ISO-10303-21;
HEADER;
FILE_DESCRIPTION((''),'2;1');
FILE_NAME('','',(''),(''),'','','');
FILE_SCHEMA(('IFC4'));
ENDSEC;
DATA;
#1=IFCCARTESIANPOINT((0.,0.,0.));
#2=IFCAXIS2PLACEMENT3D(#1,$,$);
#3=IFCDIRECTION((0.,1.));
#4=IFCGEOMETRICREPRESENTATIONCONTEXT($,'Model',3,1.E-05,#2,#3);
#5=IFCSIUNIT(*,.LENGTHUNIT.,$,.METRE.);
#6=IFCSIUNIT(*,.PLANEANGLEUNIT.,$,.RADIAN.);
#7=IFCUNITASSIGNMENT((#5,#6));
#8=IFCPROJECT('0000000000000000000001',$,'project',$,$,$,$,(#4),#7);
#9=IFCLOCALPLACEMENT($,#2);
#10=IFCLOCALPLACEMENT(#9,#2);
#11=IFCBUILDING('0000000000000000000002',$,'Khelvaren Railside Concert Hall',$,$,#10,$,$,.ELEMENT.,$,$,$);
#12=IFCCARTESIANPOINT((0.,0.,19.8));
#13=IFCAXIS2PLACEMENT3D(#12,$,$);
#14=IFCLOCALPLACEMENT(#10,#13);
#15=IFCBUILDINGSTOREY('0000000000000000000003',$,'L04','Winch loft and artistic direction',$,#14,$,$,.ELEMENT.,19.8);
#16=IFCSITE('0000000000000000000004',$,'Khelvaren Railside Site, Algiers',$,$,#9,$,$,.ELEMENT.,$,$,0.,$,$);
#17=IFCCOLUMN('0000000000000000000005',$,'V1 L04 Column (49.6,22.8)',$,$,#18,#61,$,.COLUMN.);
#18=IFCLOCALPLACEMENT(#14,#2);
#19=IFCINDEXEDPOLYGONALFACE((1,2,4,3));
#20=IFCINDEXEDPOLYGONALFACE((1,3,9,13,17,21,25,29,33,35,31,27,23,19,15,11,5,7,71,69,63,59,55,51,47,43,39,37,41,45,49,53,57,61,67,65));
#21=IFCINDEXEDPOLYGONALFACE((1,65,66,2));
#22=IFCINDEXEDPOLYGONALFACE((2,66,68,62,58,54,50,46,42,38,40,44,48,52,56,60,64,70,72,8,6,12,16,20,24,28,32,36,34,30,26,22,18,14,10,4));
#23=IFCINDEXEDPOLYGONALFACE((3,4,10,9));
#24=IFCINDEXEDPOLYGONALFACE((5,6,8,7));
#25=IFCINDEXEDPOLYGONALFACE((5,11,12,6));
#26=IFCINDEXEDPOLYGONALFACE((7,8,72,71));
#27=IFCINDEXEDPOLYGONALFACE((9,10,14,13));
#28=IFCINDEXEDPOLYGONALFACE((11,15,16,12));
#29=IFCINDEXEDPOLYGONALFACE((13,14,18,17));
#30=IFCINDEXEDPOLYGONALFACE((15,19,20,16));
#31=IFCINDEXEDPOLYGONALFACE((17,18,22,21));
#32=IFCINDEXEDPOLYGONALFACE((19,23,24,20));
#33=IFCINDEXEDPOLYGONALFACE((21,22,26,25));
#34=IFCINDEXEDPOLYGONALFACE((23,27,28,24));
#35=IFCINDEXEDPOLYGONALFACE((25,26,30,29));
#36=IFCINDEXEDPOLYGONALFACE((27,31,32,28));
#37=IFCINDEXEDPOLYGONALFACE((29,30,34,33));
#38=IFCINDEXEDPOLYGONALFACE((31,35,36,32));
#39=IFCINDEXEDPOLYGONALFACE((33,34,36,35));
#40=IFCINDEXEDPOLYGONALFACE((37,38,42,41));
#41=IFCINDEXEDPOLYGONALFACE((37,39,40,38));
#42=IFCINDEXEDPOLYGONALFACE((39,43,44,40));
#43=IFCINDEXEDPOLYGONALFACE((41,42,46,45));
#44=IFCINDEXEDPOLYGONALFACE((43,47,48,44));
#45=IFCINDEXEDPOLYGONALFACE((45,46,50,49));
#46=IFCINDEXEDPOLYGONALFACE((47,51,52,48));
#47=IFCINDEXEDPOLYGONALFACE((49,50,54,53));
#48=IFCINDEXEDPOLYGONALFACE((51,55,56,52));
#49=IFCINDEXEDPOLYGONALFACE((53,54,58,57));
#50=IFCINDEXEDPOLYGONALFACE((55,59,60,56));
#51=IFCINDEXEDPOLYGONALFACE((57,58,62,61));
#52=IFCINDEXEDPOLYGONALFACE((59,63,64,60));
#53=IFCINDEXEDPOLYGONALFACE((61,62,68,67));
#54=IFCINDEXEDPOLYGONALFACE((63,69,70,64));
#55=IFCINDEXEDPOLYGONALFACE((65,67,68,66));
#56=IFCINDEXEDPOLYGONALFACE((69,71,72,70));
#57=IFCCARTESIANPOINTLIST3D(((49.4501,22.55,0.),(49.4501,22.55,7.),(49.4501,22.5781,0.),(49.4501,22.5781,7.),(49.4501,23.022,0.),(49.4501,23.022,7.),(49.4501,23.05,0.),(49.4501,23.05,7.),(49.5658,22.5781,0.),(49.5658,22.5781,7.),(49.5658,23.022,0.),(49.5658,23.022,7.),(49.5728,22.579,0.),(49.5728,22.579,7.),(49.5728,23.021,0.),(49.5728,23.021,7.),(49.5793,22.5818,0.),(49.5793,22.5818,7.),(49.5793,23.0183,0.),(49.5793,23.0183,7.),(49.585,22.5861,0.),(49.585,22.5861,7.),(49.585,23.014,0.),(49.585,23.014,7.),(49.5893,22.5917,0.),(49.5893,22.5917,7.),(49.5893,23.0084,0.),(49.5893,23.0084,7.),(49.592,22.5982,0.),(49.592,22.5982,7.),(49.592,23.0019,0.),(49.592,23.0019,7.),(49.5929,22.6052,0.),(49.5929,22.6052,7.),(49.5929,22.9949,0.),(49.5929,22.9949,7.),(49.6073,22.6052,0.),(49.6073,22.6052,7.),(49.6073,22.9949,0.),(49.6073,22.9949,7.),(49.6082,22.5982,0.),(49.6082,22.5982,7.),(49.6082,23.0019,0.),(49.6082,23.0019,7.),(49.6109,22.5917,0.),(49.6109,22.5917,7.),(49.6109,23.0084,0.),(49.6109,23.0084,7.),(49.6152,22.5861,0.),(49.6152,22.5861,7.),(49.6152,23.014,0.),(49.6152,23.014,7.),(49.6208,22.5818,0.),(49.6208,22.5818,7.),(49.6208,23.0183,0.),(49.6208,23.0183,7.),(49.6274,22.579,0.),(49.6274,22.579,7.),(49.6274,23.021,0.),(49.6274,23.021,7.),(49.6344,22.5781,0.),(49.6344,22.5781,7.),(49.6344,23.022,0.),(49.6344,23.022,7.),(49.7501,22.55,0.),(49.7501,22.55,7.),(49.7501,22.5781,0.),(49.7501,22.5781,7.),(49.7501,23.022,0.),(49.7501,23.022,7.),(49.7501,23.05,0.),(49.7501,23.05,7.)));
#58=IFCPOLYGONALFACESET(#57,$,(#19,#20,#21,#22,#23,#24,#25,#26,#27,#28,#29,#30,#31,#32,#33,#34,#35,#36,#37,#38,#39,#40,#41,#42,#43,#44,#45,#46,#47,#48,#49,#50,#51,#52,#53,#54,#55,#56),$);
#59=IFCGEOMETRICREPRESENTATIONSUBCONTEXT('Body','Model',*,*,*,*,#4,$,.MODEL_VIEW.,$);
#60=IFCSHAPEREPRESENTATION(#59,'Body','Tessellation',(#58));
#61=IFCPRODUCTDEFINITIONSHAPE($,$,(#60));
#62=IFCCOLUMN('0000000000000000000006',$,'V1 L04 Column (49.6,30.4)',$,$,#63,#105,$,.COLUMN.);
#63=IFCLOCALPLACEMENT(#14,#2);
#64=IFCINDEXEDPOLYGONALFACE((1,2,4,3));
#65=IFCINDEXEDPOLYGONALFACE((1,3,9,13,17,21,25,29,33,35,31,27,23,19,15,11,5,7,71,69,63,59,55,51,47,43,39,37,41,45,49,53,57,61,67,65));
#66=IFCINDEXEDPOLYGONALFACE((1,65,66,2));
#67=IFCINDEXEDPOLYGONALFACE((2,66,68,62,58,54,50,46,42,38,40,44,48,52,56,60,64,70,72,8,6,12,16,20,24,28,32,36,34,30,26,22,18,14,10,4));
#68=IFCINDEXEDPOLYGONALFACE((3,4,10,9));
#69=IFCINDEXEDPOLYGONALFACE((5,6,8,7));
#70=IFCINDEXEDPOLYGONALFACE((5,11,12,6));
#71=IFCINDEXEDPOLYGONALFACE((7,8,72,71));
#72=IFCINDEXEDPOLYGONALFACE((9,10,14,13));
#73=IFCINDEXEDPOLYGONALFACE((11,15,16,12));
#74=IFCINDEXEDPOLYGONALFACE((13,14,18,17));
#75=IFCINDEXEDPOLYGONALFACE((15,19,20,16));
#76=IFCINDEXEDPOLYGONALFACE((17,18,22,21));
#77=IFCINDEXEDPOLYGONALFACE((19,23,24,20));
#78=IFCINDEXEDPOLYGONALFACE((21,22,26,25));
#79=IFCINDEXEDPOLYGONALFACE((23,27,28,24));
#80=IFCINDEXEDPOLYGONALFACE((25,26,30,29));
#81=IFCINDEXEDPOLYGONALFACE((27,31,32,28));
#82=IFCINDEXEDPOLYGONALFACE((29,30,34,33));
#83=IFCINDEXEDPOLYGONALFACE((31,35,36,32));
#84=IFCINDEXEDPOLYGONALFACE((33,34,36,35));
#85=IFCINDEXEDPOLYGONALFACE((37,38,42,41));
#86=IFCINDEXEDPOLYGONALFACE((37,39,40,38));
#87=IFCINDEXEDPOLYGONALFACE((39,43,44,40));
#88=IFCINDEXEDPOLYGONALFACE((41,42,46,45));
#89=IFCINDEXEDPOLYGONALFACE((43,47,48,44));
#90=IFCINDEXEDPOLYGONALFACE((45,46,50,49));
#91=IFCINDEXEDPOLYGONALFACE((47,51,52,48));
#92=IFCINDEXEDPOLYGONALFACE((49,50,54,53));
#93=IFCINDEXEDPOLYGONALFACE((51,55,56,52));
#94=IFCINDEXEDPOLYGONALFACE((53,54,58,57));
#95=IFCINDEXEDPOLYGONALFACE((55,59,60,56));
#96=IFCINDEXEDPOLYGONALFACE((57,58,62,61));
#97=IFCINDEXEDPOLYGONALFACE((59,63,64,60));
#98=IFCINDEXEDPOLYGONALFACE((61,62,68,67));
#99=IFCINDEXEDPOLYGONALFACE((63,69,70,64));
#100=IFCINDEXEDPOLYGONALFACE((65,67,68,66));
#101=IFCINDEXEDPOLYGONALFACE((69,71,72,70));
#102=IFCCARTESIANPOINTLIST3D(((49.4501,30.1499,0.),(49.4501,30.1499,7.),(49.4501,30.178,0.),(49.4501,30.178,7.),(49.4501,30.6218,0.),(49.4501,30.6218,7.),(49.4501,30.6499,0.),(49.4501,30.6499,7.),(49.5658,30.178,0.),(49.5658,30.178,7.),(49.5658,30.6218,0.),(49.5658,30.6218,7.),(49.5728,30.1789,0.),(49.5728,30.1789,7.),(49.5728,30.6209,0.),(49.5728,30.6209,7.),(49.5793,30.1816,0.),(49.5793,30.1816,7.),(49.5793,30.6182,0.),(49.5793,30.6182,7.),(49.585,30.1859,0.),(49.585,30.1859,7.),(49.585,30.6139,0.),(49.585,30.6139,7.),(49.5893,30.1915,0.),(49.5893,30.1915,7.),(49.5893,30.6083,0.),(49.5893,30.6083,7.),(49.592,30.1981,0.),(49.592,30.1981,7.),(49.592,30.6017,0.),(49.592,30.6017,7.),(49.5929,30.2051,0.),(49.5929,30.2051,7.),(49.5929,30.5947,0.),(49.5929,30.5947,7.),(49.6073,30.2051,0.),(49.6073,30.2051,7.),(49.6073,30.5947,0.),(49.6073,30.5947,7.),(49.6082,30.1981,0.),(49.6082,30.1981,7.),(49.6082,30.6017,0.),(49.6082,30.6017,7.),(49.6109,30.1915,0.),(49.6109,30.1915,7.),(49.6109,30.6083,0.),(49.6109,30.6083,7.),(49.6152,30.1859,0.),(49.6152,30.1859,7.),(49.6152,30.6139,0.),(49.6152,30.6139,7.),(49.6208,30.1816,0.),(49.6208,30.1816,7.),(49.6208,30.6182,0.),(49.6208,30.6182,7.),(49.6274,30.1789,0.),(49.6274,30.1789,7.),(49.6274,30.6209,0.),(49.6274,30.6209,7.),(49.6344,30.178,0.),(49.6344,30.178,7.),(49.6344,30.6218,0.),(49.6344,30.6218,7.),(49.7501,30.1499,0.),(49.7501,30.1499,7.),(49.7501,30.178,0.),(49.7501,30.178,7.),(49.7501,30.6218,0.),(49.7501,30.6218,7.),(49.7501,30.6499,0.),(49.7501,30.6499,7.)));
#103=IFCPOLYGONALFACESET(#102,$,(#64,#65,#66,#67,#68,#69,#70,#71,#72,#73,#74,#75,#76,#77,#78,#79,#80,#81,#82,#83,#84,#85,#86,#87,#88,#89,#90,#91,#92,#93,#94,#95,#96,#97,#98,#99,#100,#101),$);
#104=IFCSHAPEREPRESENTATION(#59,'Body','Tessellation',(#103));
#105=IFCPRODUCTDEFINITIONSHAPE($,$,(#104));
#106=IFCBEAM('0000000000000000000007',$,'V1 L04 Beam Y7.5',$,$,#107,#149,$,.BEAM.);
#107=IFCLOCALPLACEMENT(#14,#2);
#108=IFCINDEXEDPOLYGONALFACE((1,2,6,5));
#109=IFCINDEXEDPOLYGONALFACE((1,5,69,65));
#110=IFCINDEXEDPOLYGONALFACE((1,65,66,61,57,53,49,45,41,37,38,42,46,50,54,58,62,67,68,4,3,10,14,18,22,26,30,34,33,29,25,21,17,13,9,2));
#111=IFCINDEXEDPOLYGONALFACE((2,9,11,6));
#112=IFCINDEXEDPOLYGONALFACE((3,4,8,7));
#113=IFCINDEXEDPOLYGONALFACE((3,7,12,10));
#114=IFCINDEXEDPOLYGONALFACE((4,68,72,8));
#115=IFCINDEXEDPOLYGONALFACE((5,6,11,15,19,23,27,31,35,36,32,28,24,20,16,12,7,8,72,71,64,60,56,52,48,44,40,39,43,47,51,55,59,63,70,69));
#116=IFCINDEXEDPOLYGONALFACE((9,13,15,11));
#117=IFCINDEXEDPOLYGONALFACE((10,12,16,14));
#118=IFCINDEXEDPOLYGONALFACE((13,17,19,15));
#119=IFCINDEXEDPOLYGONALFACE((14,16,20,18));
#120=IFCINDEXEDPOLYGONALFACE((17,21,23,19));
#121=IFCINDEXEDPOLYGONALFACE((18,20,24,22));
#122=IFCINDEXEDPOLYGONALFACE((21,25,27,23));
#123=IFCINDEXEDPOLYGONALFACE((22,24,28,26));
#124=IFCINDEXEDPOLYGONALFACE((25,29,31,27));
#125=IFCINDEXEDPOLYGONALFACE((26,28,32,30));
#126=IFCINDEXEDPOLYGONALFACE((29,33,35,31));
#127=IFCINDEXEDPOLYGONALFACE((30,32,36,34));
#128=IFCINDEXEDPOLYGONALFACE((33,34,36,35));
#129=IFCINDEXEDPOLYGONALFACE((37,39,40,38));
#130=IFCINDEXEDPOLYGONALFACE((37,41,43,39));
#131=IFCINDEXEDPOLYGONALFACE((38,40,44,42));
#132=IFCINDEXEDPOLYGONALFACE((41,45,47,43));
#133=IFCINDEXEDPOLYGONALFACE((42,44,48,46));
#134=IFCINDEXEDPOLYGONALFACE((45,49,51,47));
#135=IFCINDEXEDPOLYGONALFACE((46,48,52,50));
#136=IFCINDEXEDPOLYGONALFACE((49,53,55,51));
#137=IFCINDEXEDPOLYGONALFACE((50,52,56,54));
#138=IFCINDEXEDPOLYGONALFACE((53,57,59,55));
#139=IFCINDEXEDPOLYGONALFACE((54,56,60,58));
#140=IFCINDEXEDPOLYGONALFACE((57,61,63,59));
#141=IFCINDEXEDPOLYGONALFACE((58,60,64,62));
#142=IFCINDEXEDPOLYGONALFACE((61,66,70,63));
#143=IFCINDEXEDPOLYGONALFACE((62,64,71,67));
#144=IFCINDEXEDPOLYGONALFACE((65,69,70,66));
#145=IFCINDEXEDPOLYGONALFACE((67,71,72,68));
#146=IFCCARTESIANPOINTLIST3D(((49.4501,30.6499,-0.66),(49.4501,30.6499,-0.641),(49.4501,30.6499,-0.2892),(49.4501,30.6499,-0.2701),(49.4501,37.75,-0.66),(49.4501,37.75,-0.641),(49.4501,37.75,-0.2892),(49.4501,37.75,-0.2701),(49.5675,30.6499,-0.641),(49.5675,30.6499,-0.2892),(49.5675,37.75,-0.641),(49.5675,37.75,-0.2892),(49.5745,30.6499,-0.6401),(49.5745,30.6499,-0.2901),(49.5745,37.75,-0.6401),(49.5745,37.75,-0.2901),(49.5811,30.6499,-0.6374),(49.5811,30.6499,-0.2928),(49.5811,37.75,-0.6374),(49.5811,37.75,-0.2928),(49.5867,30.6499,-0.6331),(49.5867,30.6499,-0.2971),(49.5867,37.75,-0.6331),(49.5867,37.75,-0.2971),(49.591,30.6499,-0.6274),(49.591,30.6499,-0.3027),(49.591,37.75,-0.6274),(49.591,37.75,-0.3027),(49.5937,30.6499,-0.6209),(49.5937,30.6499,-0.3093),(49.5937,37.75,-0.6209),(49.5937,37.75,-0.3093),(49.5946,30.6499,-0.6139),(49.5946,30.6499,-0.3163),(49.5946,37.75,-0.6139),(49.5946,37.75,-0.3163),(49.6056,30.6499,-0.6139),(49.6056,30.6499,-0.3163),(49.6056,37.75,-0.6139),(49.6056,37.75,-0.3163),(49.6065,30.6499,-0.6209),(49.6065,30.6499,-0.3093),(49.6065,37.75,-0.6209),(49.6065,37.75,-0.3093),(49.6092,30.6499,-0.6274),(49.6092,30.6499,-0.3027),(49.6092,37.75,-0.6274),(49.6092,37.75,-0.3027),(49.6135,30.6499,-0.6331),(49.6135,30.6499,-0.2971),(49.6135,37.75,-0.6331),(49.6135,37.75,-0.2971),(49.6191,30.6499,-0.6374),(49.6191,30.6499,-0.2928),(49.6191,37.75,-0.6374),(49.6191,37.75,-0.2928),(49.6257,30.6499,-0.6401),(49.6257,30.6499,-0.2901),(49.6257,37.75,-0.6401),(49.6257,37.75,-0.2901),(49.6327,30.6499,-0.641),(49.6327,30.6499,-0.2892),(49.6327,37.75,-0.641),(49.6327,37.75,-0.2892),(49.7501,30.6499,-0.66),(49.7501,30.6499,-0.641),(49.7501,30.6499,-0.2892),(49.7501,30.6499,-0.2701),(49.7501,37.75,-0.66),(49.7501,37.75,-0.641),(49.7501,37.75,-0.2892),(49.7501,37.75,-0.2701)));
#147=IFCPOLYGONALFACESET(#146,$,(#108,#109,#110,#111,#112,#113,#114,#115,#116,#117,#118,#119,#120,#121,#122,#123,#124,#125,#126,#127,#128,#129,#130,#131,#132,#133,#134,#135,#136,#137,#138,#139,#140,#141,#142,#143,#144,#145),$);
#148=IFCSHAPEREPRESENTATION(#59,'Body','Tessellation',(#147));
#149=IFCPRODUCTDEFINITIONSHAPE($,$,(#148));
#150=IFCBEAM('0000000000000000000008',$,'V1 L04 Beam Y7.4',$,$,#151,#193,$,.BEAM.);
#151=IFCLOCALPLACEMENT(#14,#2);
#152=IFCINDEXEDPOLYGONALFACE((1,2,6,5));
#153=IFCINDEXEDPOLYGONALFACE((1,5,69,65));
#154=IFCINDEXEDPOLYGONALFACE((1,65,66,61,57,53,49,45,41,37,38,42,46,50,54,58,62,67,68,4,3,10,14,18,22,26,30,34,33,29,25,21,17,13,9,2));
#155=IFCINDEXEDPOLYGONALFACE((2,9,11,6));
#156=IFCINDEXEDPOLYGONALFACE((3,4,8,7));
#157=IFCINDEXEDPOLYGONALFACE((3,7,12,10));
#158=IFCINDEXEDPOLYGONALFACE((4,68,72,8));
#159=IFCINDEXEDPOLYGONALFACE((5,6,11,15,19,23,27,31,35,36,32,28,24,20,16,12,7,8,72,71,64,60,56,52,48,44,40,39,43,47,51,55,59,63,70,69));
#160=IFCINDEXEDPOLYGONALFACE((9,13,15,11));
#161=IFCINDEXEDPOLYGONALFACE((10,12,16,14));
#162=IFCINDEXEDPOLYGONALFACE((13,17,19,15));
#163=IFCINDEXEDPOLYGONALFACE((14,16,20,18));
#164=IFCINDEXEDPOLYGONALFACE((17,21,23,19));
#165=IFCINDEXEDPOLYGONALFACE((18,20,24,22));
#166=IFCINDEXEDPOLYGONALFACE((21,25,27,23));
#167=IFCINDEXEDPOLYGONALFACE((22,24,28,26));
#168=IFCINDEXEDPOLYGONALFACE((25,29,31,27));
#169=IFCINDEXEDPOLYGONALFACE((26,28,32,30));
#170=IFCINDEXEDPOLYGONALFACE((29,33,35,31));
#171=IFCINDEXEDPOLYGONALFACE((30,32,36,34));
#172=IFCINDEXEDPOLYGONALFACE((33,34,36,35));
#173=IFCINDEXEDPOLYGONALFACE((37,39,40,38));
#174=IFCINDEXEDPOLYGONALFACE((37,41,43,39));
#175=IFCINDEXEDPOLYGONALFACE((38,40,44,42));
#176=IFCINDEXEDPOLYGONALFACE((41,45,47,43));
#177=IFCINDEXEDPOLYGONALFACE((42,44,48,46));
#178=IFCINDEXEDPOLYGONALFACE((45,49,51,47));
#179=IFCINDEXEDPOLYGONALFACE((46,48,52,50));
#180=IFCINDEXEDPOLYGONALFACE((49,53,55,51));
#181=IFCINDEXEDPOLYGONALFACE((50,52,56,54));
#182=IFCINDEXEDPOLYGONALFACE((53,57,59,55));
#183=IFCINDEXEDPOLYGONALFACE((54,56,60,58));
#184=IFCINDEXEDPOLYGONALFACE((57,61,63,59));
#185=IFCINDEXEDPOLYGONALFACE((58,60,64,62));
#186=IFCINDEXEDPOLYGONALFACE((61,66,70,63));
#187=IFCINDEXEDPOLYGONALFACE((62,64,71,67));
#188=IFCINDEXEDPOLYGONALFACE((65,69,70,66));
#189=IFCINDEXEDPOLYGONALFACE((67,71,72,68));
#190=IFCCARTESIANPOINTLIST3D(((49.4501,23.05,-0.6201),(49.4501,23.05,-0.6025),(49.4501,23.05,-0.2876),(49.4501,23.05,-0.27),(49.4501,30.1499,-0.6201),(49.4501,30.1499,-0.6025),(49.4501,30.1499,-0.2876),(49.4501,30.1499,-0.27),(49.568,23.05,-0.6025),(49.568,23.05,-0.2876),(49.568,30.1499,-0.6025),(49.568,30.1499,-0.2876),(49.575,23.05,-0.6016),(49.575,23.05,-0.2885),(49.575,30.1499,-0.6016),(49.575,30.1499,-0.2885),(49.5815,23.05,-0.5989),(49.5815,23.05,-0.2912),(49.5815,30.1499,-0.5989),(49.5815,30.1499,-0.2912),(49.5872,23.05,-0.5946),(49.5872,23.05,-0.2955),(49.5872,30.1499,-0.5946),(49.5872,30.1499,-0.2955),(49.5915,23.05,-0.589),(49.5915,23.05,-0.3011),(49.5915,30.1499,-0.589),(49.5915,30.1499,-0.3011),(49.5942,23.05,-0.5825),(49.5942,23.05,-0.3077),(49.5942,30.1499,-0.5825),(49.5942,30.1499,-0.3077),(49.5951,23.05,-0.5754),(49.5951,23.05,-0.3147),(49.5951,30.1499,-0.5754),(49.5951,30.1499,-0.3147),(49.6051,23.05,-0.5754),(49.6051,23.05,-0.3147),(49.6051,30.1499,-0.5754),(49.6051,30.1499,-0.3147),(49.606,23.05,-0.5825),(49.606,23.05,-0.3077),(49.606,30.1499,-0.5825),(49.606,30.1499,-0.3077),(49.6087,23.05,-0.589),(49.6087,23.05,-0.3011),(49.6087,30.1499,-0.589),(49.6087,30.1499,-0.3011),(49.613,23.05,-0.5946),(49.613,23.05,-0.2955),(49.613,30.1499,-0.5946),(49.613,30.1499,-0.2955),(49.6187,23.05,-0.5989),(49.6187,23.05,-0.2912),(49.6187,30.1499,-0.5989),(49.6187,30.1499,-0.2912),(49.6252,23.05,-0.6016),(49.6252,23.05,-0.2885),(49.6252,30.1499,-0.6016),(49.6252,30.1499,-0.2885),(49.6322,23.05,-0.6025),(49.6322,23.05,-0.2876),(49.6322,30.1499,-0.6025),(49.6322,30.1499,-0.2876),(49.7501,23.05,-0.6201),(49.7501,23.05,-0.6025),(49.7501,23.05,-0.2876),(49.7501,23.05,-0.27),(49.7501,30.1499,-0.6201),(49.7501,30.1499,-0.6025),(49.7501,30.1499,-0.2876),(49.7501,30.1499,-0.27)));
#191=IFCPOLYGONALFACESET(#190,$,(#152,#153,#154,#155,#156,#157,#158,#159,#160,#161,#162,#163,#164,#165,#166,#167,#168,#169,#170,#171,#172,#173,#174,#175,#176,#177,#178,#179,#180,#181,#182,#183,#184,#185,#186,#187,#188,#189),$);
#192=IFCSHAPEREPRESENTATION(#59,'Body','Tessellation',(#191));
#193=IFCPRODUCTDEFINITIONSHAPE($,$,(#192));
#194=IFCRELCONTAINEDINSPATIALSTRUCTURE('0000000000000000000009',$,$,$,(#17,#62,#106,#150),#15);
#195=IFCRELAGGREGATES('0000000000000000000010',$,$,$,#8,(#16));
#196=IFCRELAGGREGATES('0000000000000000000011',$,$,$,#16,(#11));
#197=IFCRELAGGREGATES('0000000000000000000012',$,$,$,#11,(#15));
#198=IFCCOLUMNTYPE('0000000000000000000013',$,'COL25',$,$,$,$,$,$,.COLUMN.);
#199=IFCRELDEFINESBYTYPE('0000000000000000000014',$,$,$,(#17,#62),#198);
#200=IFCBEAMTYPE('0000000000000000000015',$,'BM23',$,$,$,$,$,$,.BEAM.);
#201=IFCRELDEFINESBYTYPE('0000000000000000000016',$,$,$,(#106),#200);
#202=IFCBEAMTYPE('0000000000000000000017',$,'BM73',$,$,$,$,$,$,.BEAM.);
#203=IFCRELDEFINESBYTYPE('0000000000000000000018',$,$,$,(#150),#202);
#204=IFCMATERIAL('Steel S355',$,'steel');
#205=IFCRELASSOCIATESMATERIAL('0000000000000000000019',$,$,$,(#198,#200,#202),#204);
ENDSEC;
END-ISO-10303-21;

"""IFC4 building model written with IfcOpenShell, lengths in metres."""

from ifc_helpers import new_model, si_unit, direction, frame, origin, origin_2d, place, context, subcontext, project, spatial, i_section, extrude, material, material_profile, profile_set, type_object, element, save


model = new_model("IFC4")

# Units and contexts
model_context = context("Model", 3, precision=1e-05, world=origin(), true_north=direction((0.0, 1.0)))
body_context = subcontext(model_context, "Body", "Model", "MODEL_VIEW")
ifc_project = project(units=[si_unit("LENGTHUNIT", "METRE"), si_unit("PLANEANGLEUNIT", "RADIAN")], contexts=[model_context])

# Site, building, storey
site_placement = place(None, origin())
site = spatial("IfcSite", under=ifc_project, at=site_placement, Name="Khelvaren Railside Site, Algiers", CompositionType="ELEMENT", RefElevation=0.0)
building_placement = place(site_placement, origin())
building = spatial("IfcBuilding", under=site, at=building_placement, Name="Khelvaren Railside Concert Hall", CompositionType="ELEMENT")
storey_placement = place(building_placement, frame((0.0, 0.0, 19.8)))
storey = spatial("IfcBuildingStorey", under=building, at=storey_placement, Name="L04", Description="Winch loft and artistic direction", CompositionType="ELEMENT", Elevation=19.8)

# Columns
ifc_material_1 = material(Name="Steel S355", Category="steel")
ifc_material_profile_1 = material_profile(ifc_material_1, i_section(OverallWidth=0.3, OverallDepth=0.5, WebThickness=0.0144, FlangeThickness=0.0281, FilletRadius=0.0271, at=origin_2d()), Name="HEB 500")
ifc_profile_set_1 = profile_set([ifc_material_profile_1], Name="Steel S355")
column_type = type_object("IfcColumnType", Name="COL25", PredefinedType="COLUMN", material=ifc_profile_set_1)
for number, where, z_axis, x_axis, name in (
    (1, (49.6001, 22.8, 0.0), (0.0, 0.0, 1.0), (1.0, 0.0, 0.0), "V1 L04 Column (49.6,22.8)"),
    (2, (49.6001, 30.3999, 0.0), (0.0, 0.0, 1.0), (1.0, 0.0, 0.0), "V1 L04 Column (49.6,30.4)"),
):
    element("IfcColumn", number, at=place(storey_placement, frame(where, z_axis=z_axis, x_axis=x_axis)), inside=storey, type_object=column_type, Name=name, PredefinedType="COLUMN", context=body_context, shape_type="SweptSolid", body=[
        extrude(i_section(OverallWidth=0.3, OverallDepth=0.5, WebThickness=0.0144, FlangeThickness=0.0281, FilletRadius=0.0271, at=origin_2d()), origin(), (0.0, 0.0, 1.0), 7.0),
    ])

# Beams
ifc_material_profile_2 = material_profile(ifc_material_1, i_section(OverallWidth=0.3, OverallDepth=0.3899, WebThickness=0.011, FlangeThickness=0.019, FilletRadius=0.0271, at=origin_2d()), Name="HEA 400")
ifc_profile_set_2 = profile_set([ifc_material_profile_2], Name="Steel S355")
beam_type_1 = type_object("IfcBeamType", Name="BM23", PredefinedType="BEAM", material=ifc_profile_set_2)
beam_1_placement = place(storey_placement, frame((49.6001, 30.6499, -0.4651), z_axis=(0.0, 1.0, 0.0), x_axis=(-1.0, 0.0, 0.0)))
element("IfcBeam", 3, at=beam_1_placement, inside=storey, type_object=beam_type_1, Name="V1 L04 Beam Y7.5", PredefinedType="BEAM", context=body_context, shape_type="SweptSolid", body=[
    extrude(i_section(OverallWidth=0.3, OverallDepth=0.3899, WebThickness=0.011, FlangeThickness=0.019, FilletRadius=0.0271, at=origin_2d()), origin(), (0.0, 0.0, 1.0), 7.1001),
])
ifc_material_profile_3 = material_profile(ifc_material_1, i_section(OverallWidth=0.3, OverallDepth=0.3501, WebThickness=0.01, FlangeThickness=0.0176, FilletRadius=0.0271, at=origin_2d()), Name="HEA 360")
ifc_profile_set_3 = profile_set([ifc_material_profile_3], Name="Steel S355")
beam_type_2 = type_object("IfcBeamType", Name="BM73", PredefinedType="BEAM", material=ifc_profile_set_3)
beam_2_placement = place(storey_placement, frame((49.6001, 23.05, -0.4451), z_axis=(0.0, 1.0, 0.0), x_axis=(-1.0, 0.0, 0.0)))
element("IfcBeam", 4, at=beam_2_placement, inside=storey, type_object=beam_type_2, Name="V1 L04 Beam Y7.4", PredefinedType="BEAM", context=body_context, shape_type="SweptSolid", body=[
    extrude(i_section(OverallWidth=0.3, OverallDepth=0.3501, WebThickness=0.01, FlangeThickness=0.0176, FilletRadius=0.0271, at=origin_2d()), origin(), (0.0, 0.0, 1.0), 7.0999),
])

save(model, "model.ifc")
